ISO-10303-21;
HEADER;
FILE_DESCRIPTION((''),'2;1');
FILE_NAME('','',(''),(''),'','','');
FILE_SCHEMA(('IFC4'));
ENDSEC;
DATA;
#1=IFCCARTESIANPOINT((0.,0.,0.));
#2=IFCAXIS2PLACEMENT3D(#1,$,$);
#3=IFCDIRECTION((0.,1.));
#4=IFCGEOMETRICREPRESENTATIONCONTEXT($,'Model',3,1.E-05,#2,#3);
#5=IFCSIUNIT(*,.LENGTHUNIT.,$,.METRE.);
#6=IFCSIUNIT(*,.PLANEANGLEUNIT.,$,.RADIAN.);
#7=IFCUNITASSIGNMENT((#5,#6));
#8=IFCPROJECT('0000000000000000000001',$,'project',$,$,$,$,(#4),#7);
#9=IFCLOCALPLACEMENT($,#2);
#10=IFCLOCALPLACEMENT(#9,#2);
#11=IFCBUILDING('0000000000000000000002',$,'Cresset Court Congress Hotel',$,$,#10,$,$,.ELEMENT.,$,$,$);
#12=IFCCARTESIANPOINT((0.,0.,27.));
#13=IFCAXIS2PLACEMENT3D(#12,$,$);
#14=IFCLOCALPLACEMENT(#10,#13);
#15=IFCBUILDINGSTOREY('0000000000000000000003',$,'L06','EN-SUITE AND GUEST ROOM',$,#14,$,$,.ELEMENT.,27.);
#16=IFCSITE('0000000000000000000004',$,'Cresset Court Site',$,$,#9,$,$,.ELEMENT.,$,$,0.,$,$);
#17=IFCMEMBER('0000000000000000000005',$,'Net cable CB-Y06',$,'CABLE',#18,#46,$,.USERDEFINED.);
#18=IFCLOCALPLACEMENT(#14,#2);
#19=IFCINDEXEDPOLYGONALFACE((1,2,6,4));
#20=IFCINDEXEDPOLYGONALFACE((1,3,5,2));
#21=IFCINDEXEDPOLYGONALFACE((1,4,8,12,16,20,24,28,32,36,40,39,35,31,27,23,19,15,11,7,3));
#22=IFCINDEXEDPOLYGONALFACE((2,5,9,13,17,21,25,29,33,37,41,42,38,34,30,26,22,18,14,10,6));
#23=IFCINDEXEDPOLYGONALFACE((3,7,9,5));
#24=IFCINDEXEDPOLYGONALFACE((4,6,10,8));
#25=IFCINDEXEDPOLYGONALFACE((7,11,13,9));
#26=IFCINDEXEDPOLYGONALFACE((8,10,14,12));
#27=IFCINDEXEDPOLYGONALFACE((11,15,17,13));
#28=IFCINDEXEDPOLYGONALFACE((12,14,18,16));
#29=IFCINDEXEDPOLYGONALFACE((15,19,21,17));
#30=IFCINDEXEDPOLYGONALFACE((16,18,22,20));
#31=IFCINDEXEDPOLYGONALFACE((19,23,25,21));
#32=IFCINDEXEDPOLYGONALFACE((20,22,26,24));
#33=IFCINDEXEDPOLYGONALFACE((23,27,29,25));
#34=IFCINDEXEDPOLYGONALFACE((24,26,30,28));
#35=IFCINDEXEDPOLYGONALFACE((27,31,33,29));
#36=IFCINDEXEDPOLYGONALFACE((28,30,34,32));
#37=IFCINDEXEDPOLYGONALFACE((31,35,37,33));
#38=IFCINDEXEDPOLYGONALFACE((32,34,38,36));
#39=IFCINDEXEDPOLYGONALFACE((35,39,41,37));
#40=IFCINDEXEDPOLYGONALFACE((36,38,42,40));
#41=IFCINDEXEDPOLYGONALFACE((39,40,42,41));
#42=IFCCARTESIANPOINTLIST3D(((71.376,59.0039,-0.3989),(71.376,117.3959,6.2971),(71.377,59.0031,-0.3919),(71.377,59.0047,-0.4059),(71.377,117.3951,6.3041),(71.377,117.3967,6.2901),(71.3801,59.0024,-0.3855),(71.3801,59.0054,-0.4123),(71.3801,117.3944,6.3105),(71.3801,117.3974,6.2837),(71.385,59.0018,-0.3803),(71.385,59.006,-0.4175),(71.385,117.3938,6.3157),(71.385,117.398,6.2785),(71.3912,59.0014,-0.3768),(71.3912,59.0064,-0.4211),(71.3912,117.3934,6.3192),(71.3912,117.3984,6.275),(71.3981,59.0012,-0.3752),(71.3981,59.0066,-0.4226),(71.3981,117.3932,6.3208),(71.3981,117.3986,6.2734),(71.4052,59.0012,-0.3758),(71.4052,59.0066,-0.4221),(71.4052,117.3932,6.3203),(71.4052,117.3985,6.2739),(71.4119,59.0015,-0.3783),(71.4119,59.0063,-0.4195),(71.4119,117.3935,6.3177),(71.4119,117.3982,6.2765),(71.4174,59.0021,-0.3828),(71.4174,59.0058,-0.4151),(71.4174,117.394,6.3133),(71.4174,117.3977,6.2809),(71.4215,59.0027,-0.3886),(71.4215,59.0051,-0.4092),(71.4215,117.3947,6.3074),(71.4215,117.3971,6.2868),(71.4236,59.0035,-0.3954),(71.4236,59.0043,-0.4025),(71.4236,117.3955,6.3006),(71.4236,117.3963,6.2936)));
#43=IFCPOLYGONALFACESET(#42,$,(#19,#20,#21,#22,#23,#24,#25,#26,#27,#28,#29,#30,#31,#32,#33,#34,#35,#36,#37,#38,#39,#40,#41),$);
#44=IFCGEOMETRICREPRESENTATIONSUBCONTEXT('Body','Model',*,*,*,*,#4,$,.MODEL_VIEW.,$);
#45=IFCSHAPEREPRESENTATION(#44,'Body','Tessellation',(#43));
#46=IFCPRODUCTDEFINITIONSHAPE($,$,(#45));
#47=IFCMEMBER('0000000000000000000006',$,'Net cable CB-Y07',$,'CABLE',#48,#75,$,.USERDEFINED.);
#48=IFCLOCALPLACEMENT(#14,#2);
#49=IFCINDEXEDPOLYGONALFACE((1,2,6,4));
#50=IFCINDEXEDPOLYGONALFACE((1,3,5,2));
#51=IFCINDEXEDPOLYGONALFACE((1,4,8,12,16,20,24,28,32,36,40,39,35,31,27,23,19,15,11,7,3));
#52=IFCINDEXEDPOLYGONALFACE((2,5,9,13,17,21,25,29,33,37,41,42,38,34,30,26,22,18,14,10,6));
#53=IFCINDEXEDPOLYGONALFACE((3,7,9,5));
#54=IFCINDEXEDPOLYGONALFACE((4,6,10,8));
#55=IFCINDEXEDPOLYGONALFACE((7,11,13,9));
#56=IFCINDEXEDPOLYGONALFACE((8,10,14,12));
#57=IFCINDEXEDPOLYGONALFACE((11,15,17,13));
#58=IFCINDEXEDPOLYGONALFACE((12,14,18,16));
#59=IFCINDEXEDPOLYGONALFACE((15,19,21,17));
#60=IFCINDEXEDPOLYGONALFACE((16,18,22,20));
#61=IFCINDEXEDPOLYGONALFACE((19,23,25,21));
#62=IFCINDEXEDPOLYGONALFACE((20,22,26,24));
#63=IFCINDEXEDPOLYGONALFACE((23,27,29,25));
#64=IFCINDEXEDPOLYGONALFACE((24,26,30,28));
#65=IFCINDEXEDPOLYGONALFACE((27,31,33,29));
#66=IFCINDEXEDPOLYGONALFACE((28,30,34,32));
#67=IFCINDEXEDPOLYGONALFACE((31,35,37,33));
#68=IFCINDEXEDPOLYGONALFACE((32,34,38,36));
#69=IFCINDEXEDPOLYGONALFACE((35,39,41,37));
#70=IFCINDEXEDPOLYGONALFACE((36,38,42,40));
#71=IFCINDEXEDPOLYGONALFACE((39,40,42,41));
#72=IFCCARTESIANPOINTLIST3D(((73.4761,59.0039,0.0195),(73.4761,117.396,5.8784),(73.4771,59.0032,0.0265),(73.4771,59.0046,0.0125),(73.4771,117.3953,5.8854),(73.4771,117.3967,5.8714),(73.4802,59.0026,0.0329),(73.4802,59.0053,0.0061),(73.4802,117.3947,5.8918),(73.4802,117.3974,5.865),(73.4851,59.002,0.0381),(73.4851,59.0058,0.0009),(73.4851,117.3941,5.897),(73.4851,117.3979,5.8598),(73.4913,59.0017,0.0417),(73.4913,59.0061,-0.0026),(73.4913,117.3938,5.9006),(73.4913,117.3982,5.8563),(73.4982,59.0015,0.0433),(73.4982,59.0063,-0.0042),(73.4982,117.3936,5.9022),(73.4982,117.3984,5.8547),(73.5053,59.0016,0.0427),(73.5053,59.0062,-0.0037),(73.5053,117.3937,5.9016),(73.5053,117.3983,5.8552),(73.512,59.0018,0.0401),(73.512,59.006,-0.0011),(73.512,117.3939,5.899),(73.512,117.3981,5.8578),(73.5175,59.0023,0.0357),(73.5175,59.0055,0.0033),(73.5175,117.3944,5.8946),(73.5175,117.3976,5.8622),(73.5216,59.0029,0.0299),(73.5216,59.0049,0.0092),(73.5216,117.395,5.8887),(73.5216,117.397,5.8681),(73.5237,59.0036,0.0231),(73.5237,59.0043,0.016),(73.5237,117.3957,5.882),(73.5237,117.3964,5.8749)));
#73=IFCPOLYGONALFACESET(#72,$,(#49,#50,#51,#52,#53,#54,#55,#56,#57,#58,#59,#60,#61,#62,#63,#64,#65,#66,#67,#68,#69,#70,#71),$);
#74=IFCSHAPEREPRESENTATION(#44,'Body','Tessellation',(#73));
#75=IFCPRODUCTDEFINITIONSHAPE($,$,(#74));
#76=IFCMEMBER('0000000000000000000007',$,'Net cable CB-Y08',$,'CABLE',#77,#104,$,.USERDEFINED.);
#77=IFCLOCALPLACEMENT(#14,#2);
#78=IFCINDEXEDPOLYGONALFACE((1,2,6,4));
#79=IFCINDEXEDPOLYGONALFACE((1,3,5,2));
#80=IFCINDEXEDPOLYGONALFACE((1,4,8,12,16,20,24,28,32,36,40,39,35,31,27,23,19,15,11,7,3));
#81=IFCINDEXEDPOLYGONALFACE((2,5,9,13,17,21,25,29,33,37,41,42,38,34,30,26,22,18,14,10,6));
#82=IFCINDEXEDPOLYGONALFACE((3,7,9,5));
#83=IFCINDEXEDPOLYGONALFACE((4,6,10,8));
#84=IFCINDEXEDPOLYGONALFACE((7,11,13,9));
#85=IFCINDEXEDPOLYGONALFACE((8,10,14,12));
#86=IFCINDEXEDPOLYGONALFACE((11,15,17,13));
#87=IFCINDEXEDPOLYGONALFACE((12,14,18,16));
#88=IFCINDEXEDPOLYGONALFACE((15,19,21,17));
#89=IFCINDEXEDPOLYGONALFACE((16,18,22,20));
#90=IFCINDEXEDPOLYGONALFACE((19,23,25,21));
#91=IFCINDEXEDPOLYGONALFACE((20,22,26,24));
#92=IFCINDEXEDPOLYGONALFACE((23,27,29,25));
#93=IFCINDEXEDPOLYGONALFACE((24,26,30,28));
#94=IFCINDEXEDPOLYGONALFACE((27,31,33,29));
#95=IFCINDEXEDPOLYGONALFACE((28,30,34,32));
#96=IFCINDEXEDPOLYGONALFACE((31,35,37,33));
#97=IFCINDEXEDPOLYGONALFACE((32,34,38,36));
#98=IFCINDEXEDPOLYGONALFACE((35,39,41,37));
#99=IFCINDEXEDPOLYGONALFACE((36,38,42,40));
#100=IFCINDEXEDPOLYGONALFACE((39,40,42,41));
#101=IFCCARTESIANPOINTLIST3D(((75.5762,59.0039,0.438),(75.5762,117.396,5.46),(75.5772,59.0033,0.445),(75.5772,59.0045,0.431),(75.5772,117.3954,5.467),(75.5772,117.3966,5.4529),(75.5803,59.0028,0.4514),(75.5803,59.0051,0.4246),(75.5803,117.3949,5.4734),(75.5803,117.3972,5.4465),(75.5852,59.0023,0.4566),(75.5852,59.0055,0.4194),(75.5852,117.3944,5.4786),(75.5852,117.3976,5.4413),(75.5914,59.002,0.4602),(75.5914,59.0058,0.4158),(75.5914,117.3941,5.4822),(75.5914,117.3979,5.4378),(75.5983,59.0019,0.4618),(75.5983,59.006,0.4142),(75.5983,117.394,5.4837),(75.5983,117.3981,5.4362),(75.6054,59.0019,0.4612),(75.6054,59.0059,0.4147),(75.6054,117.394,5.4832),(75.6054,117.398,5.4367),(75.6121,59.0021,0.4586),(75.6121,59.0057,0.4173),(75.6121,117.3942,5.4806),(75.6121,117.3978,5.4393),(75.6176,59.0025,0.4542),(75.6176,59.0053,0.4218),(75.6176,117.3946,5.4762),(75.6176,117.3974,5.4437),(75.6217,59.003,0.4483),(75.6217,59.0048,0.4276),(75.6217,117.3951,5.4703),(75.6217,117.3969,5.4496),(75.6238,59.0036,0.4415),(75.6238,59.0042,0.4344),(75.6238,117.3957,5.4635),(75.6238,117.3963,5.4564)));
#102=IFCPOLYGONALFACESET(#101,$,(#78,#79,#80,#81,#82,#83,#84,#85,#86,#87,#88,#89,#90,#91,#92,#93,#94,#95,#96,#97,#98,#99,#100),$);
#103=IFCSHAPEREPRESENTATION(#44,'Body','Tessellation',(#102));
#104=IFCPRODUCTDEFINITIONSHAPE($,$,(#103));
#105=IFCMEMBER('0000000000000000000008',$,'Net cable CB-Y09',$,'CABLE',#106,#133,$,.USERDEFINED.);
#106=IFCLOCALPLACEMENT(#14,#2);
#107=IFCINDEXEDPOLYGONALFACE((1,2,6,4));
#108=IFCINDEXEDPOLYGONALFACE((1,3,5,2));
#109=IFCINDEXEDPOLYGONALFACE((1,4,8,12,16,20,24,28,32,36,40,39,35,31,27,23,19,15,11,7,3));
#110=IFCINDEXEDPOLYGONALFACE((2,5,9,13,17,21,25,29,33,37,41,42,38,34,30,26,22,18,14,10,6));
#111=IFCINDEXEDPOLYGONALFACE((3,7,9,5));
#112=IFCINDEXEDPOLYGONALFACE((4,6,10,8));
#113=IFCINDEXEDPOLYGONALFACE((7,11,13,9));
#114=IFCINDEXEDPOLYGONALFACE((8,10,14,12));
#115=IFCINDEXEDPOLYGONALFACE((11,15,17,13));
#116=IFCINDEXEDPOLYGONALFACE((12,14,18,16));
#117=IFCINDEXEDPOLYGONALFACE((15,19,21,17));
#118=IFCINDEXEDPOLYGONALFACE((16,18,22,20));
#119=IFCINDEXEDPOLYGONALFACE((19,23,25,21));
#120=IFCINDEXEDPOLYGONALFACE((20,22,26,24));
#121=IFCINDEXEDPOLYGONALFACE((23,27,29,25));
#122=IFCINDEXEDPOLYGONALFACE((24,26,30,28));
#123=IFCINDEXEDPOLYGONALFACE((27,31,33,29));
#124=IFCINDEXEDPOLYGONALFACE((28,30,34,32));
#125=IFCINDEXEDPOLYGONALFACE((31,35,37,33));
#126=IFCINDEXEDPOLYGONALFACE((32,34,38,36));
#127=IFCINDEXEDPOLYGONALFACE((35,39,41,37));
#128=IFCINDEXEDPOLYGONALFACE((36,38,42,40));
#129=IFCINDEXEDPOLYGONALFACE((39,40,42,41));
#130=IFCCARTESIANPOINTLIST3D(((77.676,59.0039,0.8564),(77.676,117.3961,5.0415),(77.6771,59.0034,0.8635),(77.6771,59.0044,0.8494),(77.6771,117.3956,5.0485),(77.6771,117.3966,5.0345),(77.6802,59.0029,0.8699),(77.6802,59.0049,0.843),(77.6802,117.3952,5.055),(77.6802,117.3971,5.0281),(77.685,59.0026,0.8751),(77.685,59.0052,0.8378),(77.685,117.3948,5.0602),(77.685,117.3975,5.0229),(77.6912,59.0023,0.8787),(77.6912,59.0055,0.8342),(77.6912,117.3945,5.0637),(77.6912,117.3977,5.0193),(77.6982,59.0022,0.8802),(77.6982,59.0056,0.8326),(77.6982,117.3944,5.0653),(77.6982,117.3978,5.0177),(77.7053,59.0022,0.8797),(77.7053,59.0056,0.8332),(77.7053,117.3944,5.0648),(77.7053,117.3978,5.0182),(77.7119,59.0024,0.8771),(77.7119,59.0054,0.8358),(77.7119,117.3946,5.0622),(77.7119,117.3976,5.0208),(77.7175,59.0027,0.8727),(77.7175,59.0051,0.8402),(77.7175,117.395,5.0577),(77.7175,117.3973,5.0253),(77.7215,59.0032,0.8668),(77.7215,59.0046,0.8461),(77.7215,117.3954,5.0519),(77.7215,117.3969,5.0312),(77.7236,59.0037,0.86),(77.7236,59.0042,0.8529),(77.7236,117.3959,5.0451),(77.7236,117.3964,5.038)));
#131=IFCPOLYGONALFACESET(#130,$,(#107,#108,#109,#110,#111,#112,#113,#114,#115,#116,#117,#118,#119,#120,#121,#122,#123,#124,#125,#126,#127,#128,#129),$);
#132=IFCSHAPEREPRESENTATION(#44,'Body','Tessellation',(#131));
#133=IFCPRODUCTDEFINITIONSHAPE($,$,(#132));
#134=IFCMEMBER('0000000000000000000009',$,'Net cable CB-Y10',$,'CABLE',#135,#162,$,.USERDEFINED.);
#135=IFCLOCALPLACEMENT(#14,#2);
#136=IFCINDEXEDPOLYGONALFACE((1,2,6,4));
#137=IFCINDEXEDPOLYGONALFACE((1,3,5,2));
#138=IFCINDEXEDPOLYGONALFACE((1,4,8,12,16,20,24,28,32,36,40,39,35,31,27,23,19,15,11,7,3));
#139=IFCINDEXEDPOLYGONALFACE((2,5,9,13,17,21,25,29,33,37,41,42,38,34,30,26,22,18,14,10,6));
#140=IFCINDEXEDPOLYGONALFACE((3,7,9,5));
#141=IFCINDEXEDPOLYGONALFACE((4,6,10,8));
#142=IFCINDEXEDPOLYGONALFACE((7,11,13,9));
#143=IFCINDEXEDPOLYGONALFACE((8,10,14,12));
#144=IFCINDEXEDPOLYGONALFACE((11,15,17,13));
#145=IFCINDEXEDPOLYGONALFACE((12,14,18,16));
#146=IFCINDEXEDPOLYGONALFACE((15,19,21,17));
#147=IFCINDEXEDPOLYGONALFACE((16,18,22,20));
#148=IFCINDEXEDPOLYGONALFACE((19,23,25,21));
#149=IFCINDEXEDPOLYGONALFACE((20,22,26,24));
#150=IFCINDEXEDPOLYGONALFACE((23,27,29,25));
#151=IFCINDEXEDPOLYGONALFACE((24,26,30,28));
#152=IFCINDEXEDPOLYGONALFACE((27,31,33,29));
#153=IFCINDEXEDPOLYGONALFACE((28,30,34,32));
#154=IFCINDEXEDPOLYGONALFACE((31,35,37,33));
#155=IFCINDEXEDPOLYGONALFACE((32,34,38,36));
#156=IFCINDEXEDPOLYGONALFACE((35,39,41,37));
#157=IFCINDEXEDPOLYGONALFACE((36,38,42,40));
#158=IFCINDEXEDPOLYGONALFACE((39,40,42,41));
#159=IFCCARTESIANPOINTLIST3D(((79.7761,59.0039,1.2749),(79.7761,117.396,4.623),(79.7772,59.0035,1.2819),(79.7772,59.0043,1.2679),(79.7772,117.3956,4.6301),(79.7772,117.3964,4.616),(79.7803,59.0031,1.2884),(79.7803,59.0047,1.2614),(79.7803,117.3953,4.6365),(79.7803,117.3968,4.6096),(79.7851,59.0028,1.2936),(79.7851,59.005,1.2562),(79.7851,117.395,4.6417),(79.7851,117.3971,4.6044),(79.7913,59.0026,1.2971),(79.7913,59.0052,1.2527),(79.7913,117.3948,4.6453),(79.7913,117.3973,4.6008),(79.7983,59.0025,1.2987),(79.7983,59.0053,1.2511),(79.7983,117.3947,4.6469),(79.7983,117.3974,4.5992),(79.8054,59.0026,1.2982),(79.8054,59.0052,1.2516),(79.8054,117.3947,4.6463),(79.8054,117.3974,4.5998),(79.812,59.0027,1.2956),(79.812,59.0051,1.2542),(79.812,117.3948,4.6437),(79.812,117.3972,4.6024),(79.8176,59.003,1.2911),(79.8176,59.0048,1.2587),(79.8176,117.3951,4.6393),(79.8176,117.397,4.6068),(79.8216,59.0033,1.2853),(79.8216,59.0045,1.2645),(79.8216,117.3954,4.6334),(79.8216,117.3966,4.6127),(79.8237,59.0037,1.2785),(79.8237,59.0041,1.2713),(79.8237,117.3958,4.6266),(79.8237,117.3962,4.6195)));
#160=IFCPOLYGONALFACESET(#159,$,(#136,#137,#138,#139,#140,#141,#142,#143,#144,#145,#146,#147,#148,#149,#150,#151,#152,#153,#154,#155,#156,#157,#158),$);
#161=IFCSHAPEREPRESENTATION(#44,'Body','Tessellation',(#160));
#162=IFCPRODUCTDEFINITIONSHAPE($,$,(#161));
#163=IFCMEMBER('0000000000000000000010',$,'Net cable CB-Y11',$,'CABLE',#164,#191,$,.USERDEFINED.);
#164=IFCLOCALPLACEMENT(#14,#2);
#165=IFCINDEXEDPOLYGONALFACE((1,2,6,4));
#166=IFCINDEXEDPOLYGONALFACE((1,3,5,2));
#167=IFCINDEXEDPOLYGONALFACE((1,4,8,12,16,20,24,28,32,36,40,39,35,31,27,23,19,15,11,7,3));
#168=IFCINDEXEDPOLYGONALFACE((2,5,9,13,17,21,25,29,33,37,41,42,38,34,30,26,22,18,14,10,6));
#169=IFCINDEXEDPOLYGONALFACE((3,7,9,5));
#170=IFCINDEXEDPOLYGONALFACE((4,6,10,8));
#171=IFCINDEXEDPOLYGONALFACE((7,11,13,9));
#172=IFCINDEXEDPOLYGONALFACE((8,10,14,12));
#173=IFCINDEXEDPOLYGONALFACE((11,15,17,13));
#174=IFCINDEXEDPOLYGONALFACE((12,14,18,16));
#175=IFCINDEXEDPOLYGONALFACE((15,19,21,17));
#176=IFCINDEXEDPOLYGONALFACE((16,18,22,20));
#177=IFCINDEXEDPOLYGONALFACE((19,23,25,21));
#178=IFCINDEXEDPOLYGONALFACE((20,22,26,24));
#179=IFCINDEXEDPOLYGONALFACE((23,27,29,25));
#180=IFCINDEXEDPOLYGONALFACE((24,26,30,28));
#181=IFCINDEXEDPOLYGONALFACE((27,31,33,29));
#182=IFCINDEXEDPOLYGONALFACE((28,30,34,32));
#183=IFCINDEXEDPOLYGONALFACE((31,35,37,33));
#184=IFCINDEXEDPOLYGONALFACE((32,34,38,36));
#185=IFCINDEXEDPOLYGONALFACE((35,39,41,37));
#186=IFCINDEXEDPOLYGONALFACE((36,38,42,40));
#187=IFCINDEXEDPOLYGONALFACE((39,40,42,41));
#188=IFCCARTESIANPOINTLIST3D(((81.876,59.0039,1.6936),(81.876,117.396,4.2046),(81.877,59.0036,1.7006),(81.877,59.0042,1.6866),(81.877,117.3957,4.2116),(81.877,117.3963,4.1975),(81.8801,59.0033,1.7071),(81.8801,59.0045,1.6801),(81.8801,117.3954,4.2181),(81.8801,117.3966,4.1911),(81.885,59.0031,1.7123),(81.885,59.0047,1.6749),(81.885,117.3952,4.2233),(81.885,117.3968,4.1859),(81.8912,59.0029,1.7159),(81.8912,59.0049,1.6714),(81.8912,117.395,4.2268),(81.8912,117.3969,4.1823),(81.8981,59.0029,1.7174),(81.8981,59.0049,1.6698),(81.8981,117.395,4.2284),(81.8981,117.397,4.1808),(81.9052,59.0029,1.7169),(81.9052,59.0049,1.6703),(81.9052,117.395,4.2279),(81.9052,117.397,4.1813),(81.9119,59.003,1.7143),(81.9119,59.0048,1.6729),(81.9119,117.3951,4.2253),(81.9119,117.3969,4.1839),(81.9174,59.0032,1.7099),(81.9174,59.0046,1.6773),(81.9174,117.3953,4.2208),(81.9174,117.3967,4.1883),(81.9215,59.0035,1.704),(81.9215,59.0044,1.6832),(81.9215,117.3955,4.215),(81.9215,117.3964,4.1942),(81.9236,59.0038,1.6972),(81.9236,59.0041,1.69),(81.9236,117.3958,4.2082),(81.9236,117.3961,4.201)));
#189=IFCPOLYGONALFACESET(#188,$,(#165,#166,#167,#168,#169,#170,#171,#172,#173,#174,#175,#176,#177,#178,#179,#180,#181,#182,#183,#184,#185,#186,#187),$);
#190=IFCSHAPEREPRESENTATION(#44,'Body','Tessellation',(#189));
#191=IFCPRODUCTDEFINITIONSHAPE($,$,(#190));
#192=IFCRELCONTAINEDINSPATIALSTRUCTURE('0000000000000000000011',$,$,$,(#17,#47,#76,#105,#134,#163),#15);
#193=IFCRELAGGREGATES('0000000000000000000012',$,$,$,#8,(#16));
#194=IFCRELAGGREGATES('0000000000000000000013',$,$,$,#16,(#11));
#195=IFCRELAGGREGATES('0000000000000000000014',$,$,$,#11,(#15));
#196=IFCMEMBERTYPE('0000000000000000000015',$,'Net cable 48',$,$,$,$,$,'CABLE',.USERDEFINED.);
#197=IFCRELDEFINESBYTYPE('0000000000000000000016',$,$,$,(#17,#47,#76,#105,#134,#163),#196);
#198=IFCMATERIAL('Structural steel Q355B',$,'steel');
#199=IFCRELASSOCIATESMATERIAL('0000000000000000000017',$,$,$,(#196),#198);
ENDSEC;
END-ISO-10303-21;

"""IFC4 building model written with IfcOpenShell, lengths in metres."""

from ifc_helpers import new_model, si_unit, direction, frame, origin, origin_2d, place, context, subcontext, project, spatial, circle, extrude, material, material_profile, profile_set, type_object, element, save


model = new_model("IFC4")

# Units and contexts
model_context = context("Model", 3, precision=1e-05, world=origin(), true_north=direction((0.0, 1.0)))
body_context = subcontext(model_context, "Body", "Model", "MODEL_VIEW")
ifc_project = project(units=[si_unit("LENGTHUNIT", "METRE"), si_unit("PLANEANGLEUNIT", "RADIAN")], contexts=[model_context])

# Site, building, storey
site_placement = place(None, origin())
site = spatial("IfcSite", under=ifc_project, at=site_placement, Name="Cresset Court Site", CompositionType="ELEMENT", RefElevation=0.0)
building_placement = place(site_placement, origin())
building = spatial("IfcBuilding", under=site, at=building_placement, Name="Cresset Court Congress Hotel", CompositionType="ELEMENT")
storey_placement = place(building_placement, frame((0.0, 0.0, 27.0)))
storey = spatial("IfcBuildingStorey", under=building, at=storey_placement, Name="L06", Description="EN-SUITE AND GUEST ROOM", CompositionType="ELEMENT", Elevation=27.0)

# Members
ifc_material_1 = material(Name="Structural steel Q355B", Category="steel")
ifc_material_profile = material_profile(ifc_material_1, circle(Radius=0.0239, at=origin_2d()), Name="CABLE48")
ifc_profile_set = profile_set([ifc_material_profile], Name="Structural steel Q355B")
member_type = type_object("IfcMemberType", Name="Net cable 48", ElementType="CABLE", PredefinedType="USERDEFINED", material=ifc_profile_set)
member_1_placement = place(storey_placement, frame((71.3999, 59.0039, -0.3989), z_axis=(0.0, 0.993489, 0.113927), x_axis=(-1.0, 0.0, 0.0)))
element("IfcMember", 1, at=member_1_placement, inside=storey, type_object=member_type, Name="Net cable CB-Y06", ObjectType="CABLE", PredefinedType="USERDEFINED", context=body_context, shape_type="SweptSolid", body=[
    extrude(circle(Radius=0.0239, at=origin_2d()), origin(), (0.0, 0.0, 1.0), 58.7747),
])
member_2_placement = place(storey_placement, frame((73.5, 59.0039, 0.0195), z_axis=(0.0, 0.995004, 0.099836), x_axis=(-1.0, 0.0, 0.0)))
element("IfcMember", 2, at=member_2_placement, inside=storey, type_object=member_type, Name="Net cable CB-Y07", ObjectType="CABLE", PredefinedType="USERDEFINED", context=body_context, shape_type="SweptSolid", body=[
    extrude(circle(Radius=0.0239, at=origin_2d()), origin(), (0.0, 0.0, 1.0), 58.6853),
])
member_3_placement = place(storey_placement, frame((75.6001, 59.0039, 0.438), z_axis=(0.0, 0.996322, 0.085688), x_axis=(-1.0, 0.0, 0.0)))
element("IfcMember", 3, at=member_3_placement, inside=storey, type_object=member_type, Name="Net cable CB-Y08", ObjectType="CABLE", PredefinedType="USERDEFINED", context=body_context, shape_type="SweptSolid", body=[
    extrude(circle(Radius=0.0239, at=origin_2d()), origin(), (0.0, 0.0, 1.0), 58.6077),
])
member_4_placement = place(storey_placement, frame((77.7, 59.0039, 0.8564), z_axis=(0.0, 0.997441, 0.071488), x_axis=(-1.0, 0.0, 0.0)))
element("IfcMember", 4, at=member_4_placement, inside=storey, type_object=member_type, Name="Net cable CB-Y09", ObjectType="CABLE", PredefinedType="USERDEFINED", context=body_context, shape_type="SweptSolid", body=[
    extrude(circle(Radius=0.0239, at=origin_2d()), origin(), (0.0, 0.0, 1.0), 58.542),
])
member_5_placement = place(storey_placement, frame((79.8, 59.0039, 1.2749), z_axis=(0.0, 0.99836, 0.057245), x_axis=(-1.0, 0.0, 0.0)))
element("IfcMember", 5, at=member_5_placement, inside=storey, type_object=member_type, Name="Net cable CB-Y10", ObjectType="CABLE", PredefinedType="USERDEFINED", context=body_context, shape_type="SweptSolid", body=[
    extrude(circle(Radius=0.0239, at=origin_2d()), origin(), (0.0, 0.0, 1.0), 58.488),
])
member_6_placement = place(storey_placement, frame((81.8999, 59.0039, 1.6936), z_axis=(0.0, 0.999077, 0.042962), x_axis=(-1.0, 0.0, 0.0)))
element("IfcMember", 6, at=member_6_placement, inside=storey, type_object=member_type, Name="Net cable CB-Y11", ObjectType="CABLE", PredefinedType="USERDEFINED", context=body_context, shape_type="SweptSolid", body=[
    extrude(circle(Radius=0.0239, at=origin_2d()), origin(), (0.0, 0.0, 1.0), 58.446),
])

save(model, "model.ifc")
